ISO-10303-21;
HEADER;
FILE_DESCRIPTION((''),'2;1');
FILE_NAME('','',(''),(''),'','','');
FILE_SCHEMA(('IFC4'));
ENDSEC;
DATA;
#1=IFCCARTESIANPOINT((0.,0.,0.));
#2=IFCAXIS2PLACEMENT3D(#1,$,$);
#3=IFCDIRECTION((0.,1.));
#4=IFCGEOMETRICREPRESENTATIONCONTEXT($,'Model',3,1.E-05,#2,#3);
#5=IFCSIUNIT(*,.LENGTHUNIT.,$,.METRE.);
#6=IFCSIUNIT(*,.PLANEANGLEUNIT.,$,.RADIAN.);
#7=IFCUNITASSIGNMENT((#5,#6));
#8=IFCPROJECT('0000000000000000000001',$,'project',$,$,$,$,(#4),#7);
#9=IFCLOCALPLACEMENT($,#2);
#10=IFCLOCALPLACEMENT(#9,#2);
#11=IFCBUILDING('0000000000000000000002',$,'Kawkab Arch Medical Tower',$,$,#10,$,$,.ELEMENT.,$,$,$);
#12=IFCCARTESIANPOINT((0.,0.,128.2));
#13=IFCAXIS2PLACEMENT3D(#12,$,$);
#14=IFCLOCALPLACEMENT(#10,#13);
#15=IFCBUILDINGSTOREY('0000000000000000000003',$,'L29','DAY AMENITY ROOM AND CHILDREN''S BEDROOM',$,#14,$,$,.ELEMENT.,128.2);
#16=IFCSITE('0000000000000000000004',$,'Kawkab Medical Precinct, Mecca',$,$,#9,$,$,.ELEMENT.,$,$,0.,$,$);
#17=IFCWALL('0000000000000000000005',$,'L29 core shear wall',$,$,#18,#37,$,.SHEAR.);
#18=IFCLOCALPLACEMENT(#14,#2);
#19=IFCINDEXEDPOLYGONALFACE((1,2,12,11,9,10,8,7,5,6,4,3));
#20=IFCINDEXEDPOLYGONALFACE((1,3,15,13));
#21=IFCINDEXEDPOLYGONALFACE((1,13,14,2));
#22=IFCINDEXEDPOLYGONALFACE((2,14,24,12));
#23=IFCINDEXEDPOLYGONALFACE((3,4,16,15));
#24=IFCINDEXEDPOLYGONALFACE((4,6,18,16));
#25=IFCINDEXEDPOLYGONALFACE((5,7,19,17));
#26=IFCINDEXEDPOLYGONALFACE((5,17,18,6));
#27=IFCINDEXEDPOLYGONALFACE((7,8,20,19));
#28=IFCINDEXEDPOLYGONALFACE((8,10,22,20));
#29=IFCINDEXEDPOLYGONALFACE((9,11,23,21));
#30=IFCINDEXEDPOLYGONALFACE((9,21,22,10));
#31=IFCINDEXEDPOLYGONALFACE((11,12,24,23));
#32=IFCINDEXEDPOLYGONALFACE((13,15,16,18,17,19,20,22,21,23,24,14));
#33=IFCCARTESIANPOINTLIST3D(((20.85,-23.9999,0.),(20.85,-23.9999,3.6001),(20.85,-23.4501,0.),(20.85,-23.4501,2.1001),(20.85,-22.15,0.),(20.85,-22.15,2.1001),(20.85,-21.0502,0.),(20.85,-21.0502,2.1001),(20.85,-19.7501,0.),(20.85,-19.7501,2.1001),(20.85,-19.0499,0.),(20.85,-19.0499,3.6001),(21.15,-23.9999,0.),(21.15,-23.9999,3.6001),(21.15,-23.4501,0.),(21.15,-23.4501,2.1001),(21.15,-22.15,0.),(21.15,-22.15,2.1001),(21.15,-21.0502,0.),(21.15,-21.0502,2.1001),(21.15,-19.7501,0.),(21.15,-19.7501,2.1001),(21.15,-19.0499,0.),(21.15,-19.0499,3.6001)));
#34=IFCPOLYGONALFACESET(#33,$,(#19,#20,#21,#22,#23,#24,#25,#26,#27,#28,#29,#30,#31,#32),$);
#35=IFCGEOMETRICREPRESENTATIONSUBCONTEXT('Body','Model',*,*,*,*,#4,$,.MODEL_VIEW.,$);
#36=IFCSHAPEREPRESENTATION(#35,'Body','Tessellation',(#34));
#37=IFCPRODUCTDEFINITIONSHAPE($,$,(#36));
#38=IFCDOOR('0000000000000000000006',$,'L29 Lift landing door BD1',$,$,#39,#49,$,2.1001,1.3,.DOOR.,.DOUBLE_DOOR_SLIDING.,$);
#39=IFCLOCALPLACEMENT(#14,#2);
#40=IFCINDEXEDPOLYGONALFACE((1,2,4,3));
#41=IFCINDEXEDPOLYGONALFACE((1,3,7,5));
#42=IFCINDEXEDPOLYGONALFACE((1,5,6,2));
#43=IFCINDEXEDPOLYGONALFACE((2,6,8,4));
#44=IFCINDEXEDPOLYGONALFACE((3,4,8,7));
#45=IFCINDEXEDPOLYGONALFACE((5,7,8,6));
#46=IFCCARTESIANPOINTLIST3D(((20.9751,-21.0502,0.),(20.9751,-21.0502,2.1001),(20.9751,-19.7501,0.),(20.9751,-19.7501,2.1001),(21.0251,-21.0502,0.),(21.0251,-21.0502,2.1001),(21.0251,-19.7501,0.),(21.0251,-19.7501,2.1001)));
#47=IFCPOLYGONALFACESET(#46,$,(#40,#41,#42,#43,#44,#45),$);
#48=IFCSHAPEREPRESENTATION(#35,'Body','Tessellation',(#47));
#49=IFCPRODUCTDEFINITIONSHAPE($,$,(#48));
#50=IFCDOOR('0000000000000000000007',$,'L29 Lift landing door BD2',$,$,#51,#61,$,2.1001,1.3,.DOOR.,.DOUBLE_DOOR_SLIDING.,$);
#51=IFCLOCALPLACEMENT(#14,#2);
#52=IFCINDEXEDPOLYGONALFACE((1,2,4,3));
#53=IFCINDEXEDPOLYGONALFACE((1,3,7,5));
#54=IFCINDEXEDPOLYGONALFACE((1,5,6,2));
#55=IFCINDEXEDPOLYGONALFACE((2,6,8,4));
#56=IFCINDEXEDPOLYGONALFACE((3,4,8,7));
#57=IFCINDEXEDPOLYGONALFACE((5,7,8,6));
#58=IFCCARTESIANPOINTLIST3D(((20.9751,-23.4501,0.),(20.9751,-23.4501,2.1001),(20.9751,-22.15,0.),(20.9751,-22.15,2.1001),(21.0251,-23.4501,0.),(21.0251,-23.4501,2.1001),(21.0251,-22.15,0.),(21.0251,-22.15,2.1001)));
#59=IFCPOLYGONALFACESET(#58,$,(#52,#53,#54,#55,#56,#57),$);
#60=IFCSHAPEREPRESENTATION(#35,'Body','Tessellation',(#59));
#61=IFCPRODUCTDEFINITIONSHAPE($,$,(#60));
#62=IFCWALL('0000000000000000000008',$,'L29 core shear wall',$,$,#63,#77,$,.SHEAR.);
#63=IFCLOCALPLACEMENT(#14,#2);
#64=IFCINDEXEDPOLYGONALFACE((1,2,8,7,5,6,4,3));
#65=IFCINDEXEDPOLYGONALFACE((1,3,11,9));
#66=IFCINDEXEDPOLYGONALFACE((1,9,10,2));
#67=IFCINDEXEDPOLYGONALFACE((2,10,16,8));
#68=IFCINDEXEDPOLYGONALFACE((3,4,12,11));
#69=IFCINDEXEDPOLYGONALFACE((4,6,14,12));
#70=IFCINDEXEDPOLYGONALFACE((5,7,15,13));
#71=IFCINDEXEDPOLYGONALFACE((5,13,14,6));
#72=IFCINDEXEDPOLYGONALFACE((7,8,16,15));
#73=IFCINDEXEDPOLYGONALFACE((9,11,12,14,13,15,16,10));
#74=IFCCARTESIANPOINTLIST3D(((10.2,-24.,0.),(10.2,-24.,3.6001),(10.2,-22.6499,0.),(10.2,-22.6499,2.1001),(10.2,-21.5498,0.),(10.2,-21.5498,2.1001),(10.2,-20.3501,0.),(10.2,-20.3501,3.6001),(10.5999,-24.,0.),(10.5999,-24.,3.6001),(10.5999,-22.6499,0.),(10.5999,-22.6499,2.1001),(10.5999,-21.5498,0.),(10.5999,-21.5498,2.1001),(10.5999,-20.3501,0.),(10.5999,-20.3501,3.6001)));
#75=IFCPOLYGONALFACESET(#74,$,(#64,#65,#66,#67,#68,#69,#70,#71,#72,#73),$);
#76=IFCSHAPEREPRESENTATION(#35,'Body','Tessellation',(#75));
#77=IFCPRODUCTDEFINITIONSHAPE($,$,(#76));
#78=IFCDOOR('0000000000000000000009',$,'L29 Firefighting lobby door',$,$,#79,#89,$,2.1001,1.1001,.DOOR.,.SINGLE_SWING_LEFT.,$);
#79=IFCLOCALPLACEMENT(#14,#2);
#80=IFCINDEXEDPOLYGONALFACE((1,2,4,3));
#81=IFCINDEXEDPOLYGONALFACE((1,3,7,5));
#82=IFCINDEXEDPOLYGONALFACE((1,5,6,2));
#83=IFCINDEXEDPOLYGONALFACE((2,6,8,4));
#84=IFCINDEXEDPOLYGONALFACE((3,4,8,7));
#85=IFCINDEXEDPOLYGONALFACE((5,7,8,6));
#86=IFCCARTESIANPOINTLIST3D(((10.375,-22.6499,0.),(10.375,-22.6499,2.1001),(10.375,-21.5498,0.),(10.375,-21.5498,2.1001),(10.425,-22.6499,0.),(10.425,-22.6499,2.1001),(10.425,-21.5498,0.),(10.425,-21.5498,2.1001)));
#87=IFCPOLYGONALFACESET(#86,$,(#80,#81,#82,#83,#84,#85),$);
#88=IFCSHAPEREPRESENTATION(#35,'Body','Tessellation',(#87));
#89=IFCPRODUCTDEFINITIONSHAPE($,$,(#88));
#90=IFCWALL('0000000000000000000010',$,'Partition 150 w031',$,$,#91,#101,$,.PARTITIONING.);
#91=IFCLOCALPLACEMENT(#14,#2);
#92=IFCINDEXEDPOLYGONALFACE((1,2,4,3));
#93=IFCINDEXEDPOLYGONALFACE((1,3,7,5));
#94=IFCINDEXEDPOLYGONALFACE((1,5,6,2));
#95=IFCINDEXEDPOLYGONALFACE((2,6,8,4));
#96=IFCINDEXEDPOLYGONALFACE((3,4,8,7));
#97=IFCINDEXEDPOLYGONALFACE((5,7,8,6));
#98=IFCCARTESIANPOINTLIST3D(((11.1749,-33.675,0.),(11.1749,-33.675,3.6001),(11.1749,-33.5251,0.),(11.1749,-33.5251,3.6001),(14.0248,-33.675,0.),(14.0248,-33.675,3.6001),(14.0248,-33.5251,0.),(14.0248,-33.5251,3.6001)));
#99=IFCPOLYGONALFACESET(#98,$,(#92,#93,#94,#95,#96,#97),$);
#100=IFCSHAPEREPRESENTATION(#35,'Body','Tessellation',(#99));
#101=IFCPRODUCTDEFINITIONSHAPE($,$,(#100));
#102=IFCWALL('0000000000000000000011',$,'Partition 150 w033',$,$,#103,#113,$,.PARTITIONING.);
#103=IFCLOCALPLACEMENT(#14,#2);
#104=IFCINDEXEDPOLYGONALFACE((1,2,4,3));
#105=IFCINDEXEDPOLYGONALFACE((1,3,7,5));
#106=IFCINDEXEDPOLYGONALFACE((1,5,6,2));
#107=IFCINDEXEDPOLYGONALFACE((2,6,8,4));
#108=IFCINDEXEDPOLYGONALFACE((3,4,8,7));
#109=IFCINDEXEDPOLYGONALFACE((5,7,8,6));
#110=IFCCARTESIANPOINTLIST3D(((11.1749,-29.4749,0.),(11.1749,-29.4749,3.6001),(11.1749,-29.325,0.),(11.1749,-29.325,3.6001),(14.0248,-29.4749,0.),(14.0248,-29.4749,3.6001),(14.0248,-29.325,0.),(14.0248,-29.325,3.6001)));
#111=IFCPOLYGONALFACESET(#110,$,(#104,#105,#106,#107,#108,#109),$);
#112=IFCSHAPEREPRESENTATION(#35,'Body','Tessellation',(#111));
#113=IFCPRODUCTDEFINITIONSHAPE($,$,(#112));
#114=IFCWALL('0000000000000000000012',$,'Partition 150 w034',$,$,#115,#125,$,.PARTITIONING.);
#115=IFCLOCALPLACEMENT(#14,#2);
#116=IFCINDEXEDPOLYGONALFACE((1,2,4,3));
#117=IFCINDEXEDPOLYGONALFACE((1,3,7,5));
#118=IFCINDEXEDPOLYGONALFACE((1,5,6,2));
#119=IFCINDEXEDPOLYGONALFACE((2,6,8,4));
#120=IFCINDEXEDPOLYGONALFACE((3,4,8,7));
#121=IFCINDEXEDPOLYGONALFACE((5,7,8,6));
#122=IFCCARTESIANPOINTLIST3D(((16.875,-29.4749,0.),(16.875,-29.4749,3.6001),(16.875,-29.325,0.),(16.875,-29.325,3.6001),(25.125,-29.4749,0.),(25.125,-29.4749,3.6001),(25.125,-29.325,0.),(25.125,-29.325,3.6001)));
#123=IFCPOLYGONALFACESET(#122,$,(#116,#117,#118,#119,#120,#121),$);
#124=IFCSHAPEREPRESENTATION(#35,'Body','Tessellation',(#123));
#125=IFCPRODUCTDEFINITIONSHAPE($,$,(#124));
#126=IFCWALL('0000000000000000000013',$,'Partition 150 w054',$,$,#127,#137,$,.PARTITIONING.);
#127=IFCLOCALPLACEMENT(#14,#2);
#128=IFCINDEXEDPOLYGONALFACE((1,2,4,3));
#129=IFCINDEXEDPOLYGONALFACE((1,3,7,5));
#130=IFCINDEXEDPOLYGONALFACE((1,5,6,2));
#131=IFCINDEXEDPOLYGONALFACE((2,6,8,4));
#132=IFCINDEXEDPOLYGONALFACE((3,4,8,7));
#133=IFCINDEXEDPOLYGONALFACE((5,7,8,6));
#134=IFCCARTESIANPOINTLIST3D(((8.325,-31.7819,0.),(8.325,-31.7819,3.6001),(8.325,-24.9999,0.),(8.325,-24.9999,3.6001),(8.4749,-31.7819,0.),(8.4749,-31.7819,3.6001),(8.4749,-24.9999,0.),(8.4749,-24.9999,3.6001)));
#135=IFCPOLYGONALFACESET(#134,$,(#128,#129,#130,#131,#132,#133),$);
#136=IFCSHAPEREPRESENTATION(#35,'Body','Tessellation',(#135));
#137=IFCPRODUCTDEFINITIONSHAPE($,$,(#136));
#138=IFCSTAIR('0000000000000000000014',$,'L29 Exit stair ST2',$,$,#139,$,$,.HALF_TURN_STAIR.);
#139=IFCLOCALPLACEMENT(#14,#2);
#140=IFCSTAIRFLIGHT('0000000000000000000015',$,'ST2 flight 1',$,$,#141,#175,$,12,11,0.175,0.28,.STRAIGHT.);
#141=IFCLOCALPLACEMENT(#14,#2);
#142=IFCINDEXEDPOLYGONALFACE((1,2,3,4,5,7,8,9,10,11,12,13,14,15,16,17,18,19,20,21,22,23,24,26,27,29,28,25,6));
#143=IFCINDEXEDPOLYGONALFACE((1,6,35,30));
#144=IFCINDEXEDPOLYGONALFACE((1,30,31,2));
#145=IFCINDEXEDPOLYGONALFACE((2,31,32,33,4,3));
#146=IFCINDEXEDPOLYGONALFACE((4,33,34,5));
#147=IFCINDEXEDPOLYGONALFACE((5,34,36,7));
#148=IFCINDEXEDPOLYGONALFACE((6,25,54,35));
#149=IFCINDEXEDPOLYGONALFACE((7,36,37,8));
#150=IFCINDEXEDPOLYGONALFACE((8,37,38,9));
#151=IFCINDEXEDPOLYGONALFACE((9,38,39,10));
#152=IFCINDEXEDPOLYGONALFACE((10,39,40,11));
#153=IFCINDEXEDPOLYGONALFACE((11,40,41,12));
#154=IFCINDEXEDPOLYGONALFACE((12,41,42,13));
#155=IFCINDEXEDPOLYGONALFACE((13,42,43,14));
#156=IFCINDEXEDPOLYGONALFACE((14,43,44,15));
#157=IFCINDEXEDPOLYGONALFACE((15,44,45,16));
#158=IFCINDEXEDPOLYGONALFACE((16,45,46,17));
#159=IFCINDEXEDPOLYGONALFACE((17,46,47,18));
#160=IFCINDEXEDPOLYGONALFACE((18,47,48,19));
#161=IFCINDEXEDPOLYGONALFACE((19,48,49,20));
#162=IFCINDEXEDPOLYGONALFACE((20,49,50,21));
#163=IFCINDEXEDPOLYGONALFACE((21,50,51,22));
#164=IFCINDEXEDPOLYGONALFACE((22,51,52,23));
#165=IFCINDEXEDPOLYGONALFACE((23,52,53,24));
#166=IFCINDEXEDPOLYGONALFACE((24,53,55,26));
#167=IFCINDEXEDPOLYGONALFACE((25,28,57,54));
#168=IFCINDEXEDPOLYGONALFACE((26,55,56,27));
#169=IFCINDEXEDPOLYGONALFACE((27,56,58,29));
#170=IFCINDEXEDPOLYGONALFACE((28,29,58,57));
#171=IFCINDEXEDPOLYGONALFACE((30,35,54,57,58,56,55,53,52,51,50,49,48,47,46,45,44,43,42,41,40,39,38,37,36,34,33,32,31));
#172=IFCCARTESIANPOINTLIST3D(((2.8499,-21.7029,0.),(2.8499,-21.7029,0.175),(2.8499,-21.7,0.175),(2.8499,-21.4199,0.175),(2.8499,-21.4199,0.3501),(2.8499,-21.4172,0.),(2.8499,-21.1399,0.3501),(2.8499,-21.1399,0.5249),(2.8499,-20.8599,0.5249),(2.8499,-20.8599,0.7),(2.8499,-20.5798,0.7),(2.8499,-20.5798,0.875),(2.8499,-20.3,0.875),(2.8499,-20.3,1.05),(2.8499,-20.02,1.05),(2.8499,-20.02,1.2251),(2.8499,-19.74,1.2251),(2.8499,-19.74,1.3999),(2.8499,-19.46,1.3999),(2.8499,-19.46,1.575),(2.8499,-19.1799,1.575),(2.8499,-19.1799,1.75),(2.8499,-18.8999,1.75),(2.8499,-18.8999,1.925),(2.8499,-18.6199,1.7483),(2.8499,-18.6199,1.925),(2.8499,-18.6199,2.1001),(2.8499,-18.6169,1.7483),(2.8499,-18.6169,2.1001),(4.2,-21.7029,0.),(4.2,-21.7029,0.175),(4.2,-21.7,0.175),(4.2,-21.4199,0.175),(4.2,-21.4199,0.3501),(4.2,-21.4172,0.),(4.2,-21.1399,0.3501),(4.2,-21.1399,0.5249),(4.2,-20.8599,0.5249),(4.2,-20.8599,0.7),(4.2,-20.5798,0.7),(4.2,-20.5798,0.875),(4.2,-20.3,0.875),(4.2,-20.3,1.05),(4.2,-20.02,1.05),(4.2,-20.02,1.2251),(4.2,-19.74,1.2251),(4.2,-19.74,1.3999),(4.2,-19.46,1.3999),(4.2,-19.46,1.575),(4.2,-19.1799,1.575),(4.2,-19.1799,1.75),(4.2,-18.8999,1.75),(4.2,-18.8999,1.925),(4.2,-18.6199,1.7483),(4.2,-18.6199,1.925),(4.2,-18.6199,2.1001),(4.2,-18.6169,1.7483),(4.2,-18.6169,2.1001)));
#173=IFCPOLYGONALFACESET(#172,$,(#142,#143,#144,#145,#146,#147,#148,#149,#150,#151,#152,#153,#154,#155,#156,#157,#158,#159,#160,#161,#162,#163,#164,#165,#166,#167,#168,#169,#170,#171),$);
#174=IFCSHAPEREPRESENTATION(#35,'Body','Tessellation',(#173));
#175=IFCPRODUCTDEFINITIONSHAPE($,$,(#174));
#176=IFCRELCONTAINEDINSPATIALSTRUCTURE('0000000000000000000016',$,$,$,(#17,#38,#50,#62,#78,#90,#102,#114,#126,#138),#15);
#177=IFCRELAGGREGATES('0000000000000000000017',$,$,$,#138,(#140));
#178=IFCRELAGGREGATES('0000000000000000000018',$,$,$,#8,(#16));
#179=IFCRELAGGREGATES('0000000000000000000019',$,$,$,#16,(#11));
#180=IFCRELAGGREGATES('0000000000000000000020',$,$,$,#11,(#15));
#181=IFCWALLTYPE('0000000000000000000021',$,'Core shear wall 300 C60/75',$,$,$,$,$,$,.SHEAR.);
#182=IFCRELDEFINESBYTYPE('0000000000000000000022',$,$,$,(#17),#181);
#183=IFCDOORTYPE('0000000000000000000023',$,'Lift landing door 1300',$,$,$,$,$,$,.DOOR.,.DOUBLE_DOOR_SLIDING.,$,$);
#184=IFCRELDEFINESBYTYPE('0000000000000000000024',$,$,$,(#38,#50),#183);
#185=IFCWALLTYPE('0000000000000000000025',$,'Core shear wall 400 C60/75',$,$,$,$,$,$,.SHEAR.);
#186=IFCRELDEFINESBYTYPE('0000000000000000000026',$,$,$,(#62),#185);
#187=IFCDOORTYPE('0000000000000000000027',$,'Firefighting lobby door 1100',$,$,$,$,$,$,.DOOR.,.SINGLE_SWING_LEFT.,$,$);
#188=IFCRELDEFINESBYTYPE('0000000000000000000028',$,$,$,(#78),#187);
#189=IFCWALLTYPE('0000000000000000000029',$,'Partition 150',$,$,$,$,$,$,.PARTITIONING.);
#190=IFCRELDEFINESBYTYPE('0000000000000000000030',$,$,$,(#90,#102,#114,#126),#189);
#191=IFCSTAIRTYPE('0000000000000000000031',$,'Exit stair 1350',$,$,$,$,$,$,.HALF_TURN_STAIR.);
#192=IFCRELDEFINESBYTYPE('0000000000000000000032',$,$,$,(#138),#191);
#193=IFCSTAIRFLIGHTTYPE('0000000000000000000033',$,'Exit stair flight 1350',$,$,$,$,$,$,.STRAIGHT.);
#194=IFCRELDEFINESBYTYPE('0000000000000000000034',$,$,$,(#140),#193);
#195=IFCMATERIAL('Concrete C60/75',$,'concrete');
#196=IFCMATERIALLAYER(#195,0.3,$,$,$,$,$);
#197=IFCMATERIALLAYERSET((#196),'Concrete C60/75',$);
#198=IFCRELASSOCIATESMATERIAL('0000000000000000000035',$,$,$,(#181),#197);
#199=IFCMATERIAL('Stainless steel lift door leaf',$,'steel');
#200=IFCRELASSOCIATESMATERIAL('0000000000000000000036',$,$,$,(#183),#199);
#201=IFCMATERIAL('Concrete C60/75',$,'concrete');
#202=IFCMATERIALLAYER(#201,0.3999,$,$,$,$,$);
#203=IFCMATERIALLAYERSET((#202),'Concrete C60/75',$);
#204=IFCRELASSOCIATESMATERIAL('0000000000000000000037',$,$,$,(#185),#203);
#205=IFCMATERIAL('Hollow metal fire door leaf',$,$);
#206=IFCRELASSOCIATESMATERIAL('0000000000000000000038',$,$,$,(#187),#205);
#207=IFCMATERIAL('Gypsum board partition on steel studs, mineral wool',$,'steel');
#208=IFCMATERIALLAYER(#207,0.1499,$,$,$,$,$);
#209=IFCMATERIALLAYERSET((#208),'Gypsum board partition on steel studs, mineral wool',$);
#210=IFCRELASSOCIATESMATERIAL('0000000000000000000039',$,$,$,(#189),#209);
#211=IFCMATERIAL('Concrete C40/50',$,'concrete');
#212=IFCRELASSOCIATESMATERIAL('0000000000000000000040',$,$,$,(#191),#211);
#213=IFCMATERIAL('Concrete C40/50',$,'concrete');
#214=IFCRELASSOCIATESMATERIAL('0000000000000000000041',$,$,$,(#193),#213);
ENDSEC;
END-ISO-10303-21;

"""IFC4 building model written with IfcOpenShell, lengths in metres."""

from ifc_helpers import new_model, si_unit, direction, frame, frame_2d, origin, place, context, subcontext, project, spatial, polyline, rectangle, outline, extrude, material, layer, layer_set, type_object, element, fill, aggregate, save


model = new_model("IFC4")

# Units and contexts
model_context = context("Model", 3, precision=1e-05, world=origin(), true_north=direction((0.0, 1.0)))
body_context = subcontext(model_context, "Body", "Model", "MODEL_VIEW")
ifc_project = project(units=[si_unit("LENGTHUNIT", "METRE"), si_unit("PLANEANGLEUNIT", "RADIAN")], contexts=[model_context])

# Site, building, storey
site_placement = place(None, origin())
site = spatial("IfcSite", under=ifc_project, at=site_placement, Name="Kawkab Medical Precinct, Mecca", CompositionType="ELEMENT", RefElevation=0.0)
building_placement = place(site_placement, origin())
building = spatial("IfcBuilding", under=site, at=building_placement, Name="Kawkab Arch Medical Tower", CompositionType="ELEMENT")
storey_placement = place(building_placement, frame((0.0, 0.0, 128.2)))
storey = spatial("IfcBuildingStorey", under=building, at=storey_placement, Name="L29", Description="DAY AMENITY ROOM AND CHILDREN'S BEDROOM", CompositionType="ELEMENT", Elevation=128.2)

# Wall, openings, doors
ifc_material_1 = material(Name="Concrete C60/75", Category="concrete")
ifc_layer_1 = layer(ifc_material_1, 0.3)
ifc_layer_set_1 = layer_set([ifc_layer_1], Name="Concrete C60/75")
wall_type_1 = type_object("IfcWallType", Name="Core shear wall 300 C60/75", PredefinedType="SHEAR", material=ifc_layer_set_1)
wall_1_placement = place(storey_placement, frame((21.0, -24.0, 0.0), z_axis=(0.0, 0.0, 1.0), x_axis=(0.0, 1.0, 0.0)))
wall_1 = element("IfcWall", 1, at=wall_1_placement, inside=storey, type_object=wall_type_1, Name="L29 core shear wall", PredefinedType="SHEAR", context=body_context, shape_type="SweptSolid", body=[
    extrude(rectangle(XDim=4.95, YDim=0.3, at=frame_2d((2.4751, 0.0))), origin(), (0.0, 0.0, 1.0), 3.6001),
])
opening_1_placement = place(wall_1_placement, frame((2.95, 0.0, 0.0)))
opening_1 = element("IfcOpeningElement", 2, at=opening_1_placement, cuts=wall_1, PredefinedType="OPENING", context=body_context, shape_type="SweptSolid", body=[
    extrude(rectangle(XDim=1.3, YDim=2.1001, at=frame_2d((0.6499, 1.05))), frame((0.0, 0.1599, 0.0), z_axis=(0.0, -1.0, 0.0), x_axis=(1.0, 0.0, 0.0)), (0.0, 0.0, 1.0), 0.3201),
])
opening_2_placement = place(wall_1_placement, frame((0.55, 0.0, 0.0)))
opening_2 = element("IfcOpeningElement", 3, at=opening_2_placement, cuts=wall_1, PredefinedType="OPENING", context=body_context, shape_type="SweptSolid", body=[
    extrude(rectangle(XDim=1.3, YDim=2.1001, at=frame_2d((0.6499, 1.05))), frame((0.0, 0.1599, 0.0), z_axis=(0.0, -1.0, 0.0), x_axis=(1.0, 0.0, 0.0)), (0.0, 0.0, 1.0), 0.3201),
])
ifc_material_2 = material(Name="Stainless steel lift door leaf", Category="steel")
door_type_1 = type_object("IfcDoorType", Name="Lift landing door 1300", OperationType="DOUBLE_DOOR_SLIDING", PredefinedType="DOOR", material=ifc_material_2)
door_1_placement = place(opening_1_placement, origin())
door_1 = element("IfcDoor", 4, at=door_1_placement, inside=storey, type_object=door_type_1, Name="L29 Lift landing door BD1", OperationType="DOUBLE_DOOR_SLIDING", OverallHeight=2.1001, OverallWidth=1.3, PredefinedType="DOOR", context=body_context, shape_type="SweptSolid", body=[
    extrude(rectangle(XDim=1.3, YDim=2.1001, at=frame_2d((0.6499, 1.05))), frame((0.0, 0.0249, 0.0), z_axis=(0.0, -1.0, 0.0), x_axis=(1.0, 0.0, 0.0)), (0.0, 0.0, 1.0), 0.05),
])
fill(opening_1, door_1)
door_2_placement = place(opening_2_placement, origin())
door_2 = element("IfcDoor", 5, at=door_2_placement, inside=storey, type_object=door_type_1, Name="L29 Lift landing door BD2", OperationType="DOUBLE_DOOR_SLIDING", OverallHeight=2.1001, OverallWidth=1.3, PredefinedType="DOOR", context=body_context, shape_type="SweptSolid", body=[
    extrude(rectangle(XDim=1.3, YDim=2.1001, at=frame_2d((0.6499, 1.05))), frame((0.0, 0.0249, 0.0), z_axis=(0.0, -1.0, 0.0), x_axis=(1.0, 0.0, 0.0)), (0.0, 0.0, 1.0), 0.05),
])
fill(opening_2, door_2)

# Wall, opening, door
ifc_material_3 = material(Name="Concrete C60/75", Category="concrete")
ifc_layer_2 = layer(ifc_material_3, 0.3999)
ifc_layer_set_2 = layer_set([ifc_layer_2], Name="Concrete C60/75")
wall_type_2 = type_object("IfcWallType", Name="Core shear wall 400 C60/75", PredefinedType="SHEAR", material=ifc_layer_set_2)
wall_2_placement = place(storey_placement, frame((10.3999, -24.0, 0.0), z_axis=(0.0, 0.0, 1.0), x_axis=(0.0, 1.0, 0.0)))
wall_2 = element("IfcWall", 6, at=wall_2_placement, inside=storey, type_object=wall_type_2, Name="L29 core shear wall", PredefinedType="SHEAR", context=body_context, shape_type="SweptSolid", body=[
    extrude(rectangle(XDim=3.6499, YDim=0.3999, at=frame_2d((1.825, 0.0))), origin(), (0.0, 0.0, 1.0), 3.6001),
])
opening_3_placement = place(wall_2_placement, frame((1.3501, 0.0, 0.0)))
opening_3 = element("IfcOpeningElement", 7, at=opening_3_placement, cuts=wall_2, PredefinedType="OPENING", context=body_context, shape_type="SweptSolid", body=[
    extrude(rectangle(XDim=1.1001, YDim=2.1001, at=frame_2d((0.55, 1.05))), frame((0.0, 0.21, 0.0), z_axis=(0.0, -1.0, 0.0), x_axis=(1.0, 0.0, 0.0)), (0.0, 0.0, 1.0), 0.4199),
])
ifc_material_4 = material(Name="Hollow metal fire door leaf")
door_type_2 = type_object("IfcDoorType", Name="Firefighting lobby door 1100", OperationType="SINGLE_SWING_LEFT", PredefinedType="DOOR", material=ifc_material_4)
door_3_placement = place(opening_3_placement, origin())
door_3 = element("IfcDoor", 8, at=door_3_placement, inside=storey, type_object=door_type_2, Name="L29 Firefighting lobby door", OperationType="SINGLE_SWING_LEFT", OverallHeight=2.1001, OverallWidth=1.1001, PredefinedType="DOOR", context=body_context, shape_type="SweptSolid", body=[
    extrude(rectangle(XDim=1.1001, YDim=2.1001, at=frame_2d((0.55, 1.05))), frame((0.0, 0.0249, 0.0), z_axis=(0.0, -1.0, 0.0), x_axis=(1.0, 0.0, 0.0)), (0.0, 0.0, 1.0), 0.05),
])
fill(opening_3, door_3)

# Walls
ifc_material_5 = material(Name="Gypsum board partition on steel studs, mineral wool", Category="steel")
ifc_layer_3 = layer(ifc_material_5, 0.1499)
ifc_layer_set_3 = layer_set([ifc_layer_3], Name="Gypsum board partition on steel studs, mineral wool")
wall_type_3 = type_object("IfcWallType", Name="Partition 150", PredefinedType="PARTITIONING", material=ifc_layer_set_3)
for number, where, z_axis, x_axis, name in (
    (9, (11.175, -33.6001, 0.0), (0.0, 0.0, 1.0), (1.0, 0.0, 0.0), "Partition 150 w031"),
    (10, (11.175, -29.3999, 0.0), (0.0, 0.0, 1.0), (1.0, 0.0, 0.0), "Partition 150 w033"),
):
    element("IfcWall", number, at=place(storey_placement, frame(where, z_axis=z_axis, x_axis=x_axis)), inside=storey, type_object=wall_type_3, Name=name, PredefinedType="PARTITIONING", context=body_context, shape_type="SweptSolid", body=[
        extrude(rectangle(XDim=2.8499, YDim=0.1499, at=frame_2d((1.4248, 0.0))), origin(), (0.0, 0.0, 1.0), 3.6001),
    ])
wall_3_placement = place(storey_placement, frame((16.875, -29.3999, 0.0), z_axis=(0.0, 0.0, 1.0), x_axis=(1.0, 0.0, 0.0)))
element("IfcWall", 11, at=wall_3_placement, inside=storey, type_object=wall_type_3, Name="Partition 150 w034", PredefinedType="PARTITIONING", context=body_context, shape_type="SweptSolid", body=[
    extrude(rectangle(XDim=8.25, YDim=0.1499, at=frame_2d((4.125, 0.0))), origin(), (0.0, 0.0, 1.0), 3.6001),
])
wall_4_placement = place(storey_placement, frame((8.3999, -31.782, 0.0), z_axis=(0.0, 0.0, 1.0), x_axis=(0.0, 1.0, 0.0)))
element("IfcWall", 12, at=wall_4_placement, inside=storey, type_object=wall_type_3, Name="Partition 150 w054", PredefinedType="PARTITIONING", context=body_context, shape_type="SweptSolid", body=[
    extrude(rectangle(XDim=6.782, YDim=0.1499, at=frame_2d((3.3911, 0.0))), origin(), (0.0, 0.0, 1.0), 3.6001),
])

# Stair, stair flight
ifc_material_6 = material(Name="Concrete C40/50", Category="concrete")
stair_type = type_object("IfcStairType", Name="Exit stair 1350", PredefinedType="HALF_TURN_STAIR", material=ifc_material_6)
placement = place(storey_placement, origin())
stair_1 = element("IfcStair", 13, at=placement, inside=storey, type_object=stair_type, Name="L29 Exit stair ST2", PredefinedType="HALF_TURN_STAIR")
ifc_material_7 = material(Name="Concrete C40/50", Category="concrete")
stair_flight_type = type_object("IfcStairFlightType", Name="Exit stair flight 1350", PredefinedType="STRAIGHT", material=ifc_material_7)
stair_flight_1_placement = place(storey_placement, frame((3.5249, -21.7, 0.0), z_axis=(0.0, 0.0, 1.0), x_axis=(0.0, 1.0, 0.0)))
stair_flight_1 = element("IfcStairFlight", 14, at=stair_flight_1_placement, type_object=stair_flight_type, Name="ST2 flight 1", NumberOfRisers=12, NumberOfTreads=11, PredefinedType="STRAIGHT", RiserHeight=0.175, TreadLength=0.28, context=body_context, shape_type="SweptSolid", body=[
    extrude(outline(polyline([(-0.0029, 0.0), (-0.0029, 0.175), (0.0, 0.175), (0.28, 0.175), (0.28, 0.3501), (0.5601, 0.3501), (0.5601, 0.5249), (0.8401, 0.5249), (0.8401, 0.7), (1.1201, 0.7), (1.1201, 0.875), (1.3999, 0.875), (1.3999, 1.05), (1.6799, 1.05), (1.6799, 1.2251), (1.96, 1.2251), (1.96, 1.3999), (2.24, 1.3999), (2.24, 1.575), (2.52, 1.575), (2.52, 1.75), (2.8, 1.75), (2.8, 1.925), (3.0801, 1.925), (3.0801, 2.1001), (3.083, 2.1001), (3.083, 1.7483), (3.0801, 1.7483), (0.2827, 0.0), (-0.0029, 0.0)])), frame((0.0, 0.675, 0.0), z_axis=(0.0, -1.0, 0.0), x_axis=(1.0, 0.0, 0.0)), (0.0, 0.0, 1.0), 1.3501),
])
aggregate(stair_1, [stair_flight_1])

save(model, "model.ifc")
